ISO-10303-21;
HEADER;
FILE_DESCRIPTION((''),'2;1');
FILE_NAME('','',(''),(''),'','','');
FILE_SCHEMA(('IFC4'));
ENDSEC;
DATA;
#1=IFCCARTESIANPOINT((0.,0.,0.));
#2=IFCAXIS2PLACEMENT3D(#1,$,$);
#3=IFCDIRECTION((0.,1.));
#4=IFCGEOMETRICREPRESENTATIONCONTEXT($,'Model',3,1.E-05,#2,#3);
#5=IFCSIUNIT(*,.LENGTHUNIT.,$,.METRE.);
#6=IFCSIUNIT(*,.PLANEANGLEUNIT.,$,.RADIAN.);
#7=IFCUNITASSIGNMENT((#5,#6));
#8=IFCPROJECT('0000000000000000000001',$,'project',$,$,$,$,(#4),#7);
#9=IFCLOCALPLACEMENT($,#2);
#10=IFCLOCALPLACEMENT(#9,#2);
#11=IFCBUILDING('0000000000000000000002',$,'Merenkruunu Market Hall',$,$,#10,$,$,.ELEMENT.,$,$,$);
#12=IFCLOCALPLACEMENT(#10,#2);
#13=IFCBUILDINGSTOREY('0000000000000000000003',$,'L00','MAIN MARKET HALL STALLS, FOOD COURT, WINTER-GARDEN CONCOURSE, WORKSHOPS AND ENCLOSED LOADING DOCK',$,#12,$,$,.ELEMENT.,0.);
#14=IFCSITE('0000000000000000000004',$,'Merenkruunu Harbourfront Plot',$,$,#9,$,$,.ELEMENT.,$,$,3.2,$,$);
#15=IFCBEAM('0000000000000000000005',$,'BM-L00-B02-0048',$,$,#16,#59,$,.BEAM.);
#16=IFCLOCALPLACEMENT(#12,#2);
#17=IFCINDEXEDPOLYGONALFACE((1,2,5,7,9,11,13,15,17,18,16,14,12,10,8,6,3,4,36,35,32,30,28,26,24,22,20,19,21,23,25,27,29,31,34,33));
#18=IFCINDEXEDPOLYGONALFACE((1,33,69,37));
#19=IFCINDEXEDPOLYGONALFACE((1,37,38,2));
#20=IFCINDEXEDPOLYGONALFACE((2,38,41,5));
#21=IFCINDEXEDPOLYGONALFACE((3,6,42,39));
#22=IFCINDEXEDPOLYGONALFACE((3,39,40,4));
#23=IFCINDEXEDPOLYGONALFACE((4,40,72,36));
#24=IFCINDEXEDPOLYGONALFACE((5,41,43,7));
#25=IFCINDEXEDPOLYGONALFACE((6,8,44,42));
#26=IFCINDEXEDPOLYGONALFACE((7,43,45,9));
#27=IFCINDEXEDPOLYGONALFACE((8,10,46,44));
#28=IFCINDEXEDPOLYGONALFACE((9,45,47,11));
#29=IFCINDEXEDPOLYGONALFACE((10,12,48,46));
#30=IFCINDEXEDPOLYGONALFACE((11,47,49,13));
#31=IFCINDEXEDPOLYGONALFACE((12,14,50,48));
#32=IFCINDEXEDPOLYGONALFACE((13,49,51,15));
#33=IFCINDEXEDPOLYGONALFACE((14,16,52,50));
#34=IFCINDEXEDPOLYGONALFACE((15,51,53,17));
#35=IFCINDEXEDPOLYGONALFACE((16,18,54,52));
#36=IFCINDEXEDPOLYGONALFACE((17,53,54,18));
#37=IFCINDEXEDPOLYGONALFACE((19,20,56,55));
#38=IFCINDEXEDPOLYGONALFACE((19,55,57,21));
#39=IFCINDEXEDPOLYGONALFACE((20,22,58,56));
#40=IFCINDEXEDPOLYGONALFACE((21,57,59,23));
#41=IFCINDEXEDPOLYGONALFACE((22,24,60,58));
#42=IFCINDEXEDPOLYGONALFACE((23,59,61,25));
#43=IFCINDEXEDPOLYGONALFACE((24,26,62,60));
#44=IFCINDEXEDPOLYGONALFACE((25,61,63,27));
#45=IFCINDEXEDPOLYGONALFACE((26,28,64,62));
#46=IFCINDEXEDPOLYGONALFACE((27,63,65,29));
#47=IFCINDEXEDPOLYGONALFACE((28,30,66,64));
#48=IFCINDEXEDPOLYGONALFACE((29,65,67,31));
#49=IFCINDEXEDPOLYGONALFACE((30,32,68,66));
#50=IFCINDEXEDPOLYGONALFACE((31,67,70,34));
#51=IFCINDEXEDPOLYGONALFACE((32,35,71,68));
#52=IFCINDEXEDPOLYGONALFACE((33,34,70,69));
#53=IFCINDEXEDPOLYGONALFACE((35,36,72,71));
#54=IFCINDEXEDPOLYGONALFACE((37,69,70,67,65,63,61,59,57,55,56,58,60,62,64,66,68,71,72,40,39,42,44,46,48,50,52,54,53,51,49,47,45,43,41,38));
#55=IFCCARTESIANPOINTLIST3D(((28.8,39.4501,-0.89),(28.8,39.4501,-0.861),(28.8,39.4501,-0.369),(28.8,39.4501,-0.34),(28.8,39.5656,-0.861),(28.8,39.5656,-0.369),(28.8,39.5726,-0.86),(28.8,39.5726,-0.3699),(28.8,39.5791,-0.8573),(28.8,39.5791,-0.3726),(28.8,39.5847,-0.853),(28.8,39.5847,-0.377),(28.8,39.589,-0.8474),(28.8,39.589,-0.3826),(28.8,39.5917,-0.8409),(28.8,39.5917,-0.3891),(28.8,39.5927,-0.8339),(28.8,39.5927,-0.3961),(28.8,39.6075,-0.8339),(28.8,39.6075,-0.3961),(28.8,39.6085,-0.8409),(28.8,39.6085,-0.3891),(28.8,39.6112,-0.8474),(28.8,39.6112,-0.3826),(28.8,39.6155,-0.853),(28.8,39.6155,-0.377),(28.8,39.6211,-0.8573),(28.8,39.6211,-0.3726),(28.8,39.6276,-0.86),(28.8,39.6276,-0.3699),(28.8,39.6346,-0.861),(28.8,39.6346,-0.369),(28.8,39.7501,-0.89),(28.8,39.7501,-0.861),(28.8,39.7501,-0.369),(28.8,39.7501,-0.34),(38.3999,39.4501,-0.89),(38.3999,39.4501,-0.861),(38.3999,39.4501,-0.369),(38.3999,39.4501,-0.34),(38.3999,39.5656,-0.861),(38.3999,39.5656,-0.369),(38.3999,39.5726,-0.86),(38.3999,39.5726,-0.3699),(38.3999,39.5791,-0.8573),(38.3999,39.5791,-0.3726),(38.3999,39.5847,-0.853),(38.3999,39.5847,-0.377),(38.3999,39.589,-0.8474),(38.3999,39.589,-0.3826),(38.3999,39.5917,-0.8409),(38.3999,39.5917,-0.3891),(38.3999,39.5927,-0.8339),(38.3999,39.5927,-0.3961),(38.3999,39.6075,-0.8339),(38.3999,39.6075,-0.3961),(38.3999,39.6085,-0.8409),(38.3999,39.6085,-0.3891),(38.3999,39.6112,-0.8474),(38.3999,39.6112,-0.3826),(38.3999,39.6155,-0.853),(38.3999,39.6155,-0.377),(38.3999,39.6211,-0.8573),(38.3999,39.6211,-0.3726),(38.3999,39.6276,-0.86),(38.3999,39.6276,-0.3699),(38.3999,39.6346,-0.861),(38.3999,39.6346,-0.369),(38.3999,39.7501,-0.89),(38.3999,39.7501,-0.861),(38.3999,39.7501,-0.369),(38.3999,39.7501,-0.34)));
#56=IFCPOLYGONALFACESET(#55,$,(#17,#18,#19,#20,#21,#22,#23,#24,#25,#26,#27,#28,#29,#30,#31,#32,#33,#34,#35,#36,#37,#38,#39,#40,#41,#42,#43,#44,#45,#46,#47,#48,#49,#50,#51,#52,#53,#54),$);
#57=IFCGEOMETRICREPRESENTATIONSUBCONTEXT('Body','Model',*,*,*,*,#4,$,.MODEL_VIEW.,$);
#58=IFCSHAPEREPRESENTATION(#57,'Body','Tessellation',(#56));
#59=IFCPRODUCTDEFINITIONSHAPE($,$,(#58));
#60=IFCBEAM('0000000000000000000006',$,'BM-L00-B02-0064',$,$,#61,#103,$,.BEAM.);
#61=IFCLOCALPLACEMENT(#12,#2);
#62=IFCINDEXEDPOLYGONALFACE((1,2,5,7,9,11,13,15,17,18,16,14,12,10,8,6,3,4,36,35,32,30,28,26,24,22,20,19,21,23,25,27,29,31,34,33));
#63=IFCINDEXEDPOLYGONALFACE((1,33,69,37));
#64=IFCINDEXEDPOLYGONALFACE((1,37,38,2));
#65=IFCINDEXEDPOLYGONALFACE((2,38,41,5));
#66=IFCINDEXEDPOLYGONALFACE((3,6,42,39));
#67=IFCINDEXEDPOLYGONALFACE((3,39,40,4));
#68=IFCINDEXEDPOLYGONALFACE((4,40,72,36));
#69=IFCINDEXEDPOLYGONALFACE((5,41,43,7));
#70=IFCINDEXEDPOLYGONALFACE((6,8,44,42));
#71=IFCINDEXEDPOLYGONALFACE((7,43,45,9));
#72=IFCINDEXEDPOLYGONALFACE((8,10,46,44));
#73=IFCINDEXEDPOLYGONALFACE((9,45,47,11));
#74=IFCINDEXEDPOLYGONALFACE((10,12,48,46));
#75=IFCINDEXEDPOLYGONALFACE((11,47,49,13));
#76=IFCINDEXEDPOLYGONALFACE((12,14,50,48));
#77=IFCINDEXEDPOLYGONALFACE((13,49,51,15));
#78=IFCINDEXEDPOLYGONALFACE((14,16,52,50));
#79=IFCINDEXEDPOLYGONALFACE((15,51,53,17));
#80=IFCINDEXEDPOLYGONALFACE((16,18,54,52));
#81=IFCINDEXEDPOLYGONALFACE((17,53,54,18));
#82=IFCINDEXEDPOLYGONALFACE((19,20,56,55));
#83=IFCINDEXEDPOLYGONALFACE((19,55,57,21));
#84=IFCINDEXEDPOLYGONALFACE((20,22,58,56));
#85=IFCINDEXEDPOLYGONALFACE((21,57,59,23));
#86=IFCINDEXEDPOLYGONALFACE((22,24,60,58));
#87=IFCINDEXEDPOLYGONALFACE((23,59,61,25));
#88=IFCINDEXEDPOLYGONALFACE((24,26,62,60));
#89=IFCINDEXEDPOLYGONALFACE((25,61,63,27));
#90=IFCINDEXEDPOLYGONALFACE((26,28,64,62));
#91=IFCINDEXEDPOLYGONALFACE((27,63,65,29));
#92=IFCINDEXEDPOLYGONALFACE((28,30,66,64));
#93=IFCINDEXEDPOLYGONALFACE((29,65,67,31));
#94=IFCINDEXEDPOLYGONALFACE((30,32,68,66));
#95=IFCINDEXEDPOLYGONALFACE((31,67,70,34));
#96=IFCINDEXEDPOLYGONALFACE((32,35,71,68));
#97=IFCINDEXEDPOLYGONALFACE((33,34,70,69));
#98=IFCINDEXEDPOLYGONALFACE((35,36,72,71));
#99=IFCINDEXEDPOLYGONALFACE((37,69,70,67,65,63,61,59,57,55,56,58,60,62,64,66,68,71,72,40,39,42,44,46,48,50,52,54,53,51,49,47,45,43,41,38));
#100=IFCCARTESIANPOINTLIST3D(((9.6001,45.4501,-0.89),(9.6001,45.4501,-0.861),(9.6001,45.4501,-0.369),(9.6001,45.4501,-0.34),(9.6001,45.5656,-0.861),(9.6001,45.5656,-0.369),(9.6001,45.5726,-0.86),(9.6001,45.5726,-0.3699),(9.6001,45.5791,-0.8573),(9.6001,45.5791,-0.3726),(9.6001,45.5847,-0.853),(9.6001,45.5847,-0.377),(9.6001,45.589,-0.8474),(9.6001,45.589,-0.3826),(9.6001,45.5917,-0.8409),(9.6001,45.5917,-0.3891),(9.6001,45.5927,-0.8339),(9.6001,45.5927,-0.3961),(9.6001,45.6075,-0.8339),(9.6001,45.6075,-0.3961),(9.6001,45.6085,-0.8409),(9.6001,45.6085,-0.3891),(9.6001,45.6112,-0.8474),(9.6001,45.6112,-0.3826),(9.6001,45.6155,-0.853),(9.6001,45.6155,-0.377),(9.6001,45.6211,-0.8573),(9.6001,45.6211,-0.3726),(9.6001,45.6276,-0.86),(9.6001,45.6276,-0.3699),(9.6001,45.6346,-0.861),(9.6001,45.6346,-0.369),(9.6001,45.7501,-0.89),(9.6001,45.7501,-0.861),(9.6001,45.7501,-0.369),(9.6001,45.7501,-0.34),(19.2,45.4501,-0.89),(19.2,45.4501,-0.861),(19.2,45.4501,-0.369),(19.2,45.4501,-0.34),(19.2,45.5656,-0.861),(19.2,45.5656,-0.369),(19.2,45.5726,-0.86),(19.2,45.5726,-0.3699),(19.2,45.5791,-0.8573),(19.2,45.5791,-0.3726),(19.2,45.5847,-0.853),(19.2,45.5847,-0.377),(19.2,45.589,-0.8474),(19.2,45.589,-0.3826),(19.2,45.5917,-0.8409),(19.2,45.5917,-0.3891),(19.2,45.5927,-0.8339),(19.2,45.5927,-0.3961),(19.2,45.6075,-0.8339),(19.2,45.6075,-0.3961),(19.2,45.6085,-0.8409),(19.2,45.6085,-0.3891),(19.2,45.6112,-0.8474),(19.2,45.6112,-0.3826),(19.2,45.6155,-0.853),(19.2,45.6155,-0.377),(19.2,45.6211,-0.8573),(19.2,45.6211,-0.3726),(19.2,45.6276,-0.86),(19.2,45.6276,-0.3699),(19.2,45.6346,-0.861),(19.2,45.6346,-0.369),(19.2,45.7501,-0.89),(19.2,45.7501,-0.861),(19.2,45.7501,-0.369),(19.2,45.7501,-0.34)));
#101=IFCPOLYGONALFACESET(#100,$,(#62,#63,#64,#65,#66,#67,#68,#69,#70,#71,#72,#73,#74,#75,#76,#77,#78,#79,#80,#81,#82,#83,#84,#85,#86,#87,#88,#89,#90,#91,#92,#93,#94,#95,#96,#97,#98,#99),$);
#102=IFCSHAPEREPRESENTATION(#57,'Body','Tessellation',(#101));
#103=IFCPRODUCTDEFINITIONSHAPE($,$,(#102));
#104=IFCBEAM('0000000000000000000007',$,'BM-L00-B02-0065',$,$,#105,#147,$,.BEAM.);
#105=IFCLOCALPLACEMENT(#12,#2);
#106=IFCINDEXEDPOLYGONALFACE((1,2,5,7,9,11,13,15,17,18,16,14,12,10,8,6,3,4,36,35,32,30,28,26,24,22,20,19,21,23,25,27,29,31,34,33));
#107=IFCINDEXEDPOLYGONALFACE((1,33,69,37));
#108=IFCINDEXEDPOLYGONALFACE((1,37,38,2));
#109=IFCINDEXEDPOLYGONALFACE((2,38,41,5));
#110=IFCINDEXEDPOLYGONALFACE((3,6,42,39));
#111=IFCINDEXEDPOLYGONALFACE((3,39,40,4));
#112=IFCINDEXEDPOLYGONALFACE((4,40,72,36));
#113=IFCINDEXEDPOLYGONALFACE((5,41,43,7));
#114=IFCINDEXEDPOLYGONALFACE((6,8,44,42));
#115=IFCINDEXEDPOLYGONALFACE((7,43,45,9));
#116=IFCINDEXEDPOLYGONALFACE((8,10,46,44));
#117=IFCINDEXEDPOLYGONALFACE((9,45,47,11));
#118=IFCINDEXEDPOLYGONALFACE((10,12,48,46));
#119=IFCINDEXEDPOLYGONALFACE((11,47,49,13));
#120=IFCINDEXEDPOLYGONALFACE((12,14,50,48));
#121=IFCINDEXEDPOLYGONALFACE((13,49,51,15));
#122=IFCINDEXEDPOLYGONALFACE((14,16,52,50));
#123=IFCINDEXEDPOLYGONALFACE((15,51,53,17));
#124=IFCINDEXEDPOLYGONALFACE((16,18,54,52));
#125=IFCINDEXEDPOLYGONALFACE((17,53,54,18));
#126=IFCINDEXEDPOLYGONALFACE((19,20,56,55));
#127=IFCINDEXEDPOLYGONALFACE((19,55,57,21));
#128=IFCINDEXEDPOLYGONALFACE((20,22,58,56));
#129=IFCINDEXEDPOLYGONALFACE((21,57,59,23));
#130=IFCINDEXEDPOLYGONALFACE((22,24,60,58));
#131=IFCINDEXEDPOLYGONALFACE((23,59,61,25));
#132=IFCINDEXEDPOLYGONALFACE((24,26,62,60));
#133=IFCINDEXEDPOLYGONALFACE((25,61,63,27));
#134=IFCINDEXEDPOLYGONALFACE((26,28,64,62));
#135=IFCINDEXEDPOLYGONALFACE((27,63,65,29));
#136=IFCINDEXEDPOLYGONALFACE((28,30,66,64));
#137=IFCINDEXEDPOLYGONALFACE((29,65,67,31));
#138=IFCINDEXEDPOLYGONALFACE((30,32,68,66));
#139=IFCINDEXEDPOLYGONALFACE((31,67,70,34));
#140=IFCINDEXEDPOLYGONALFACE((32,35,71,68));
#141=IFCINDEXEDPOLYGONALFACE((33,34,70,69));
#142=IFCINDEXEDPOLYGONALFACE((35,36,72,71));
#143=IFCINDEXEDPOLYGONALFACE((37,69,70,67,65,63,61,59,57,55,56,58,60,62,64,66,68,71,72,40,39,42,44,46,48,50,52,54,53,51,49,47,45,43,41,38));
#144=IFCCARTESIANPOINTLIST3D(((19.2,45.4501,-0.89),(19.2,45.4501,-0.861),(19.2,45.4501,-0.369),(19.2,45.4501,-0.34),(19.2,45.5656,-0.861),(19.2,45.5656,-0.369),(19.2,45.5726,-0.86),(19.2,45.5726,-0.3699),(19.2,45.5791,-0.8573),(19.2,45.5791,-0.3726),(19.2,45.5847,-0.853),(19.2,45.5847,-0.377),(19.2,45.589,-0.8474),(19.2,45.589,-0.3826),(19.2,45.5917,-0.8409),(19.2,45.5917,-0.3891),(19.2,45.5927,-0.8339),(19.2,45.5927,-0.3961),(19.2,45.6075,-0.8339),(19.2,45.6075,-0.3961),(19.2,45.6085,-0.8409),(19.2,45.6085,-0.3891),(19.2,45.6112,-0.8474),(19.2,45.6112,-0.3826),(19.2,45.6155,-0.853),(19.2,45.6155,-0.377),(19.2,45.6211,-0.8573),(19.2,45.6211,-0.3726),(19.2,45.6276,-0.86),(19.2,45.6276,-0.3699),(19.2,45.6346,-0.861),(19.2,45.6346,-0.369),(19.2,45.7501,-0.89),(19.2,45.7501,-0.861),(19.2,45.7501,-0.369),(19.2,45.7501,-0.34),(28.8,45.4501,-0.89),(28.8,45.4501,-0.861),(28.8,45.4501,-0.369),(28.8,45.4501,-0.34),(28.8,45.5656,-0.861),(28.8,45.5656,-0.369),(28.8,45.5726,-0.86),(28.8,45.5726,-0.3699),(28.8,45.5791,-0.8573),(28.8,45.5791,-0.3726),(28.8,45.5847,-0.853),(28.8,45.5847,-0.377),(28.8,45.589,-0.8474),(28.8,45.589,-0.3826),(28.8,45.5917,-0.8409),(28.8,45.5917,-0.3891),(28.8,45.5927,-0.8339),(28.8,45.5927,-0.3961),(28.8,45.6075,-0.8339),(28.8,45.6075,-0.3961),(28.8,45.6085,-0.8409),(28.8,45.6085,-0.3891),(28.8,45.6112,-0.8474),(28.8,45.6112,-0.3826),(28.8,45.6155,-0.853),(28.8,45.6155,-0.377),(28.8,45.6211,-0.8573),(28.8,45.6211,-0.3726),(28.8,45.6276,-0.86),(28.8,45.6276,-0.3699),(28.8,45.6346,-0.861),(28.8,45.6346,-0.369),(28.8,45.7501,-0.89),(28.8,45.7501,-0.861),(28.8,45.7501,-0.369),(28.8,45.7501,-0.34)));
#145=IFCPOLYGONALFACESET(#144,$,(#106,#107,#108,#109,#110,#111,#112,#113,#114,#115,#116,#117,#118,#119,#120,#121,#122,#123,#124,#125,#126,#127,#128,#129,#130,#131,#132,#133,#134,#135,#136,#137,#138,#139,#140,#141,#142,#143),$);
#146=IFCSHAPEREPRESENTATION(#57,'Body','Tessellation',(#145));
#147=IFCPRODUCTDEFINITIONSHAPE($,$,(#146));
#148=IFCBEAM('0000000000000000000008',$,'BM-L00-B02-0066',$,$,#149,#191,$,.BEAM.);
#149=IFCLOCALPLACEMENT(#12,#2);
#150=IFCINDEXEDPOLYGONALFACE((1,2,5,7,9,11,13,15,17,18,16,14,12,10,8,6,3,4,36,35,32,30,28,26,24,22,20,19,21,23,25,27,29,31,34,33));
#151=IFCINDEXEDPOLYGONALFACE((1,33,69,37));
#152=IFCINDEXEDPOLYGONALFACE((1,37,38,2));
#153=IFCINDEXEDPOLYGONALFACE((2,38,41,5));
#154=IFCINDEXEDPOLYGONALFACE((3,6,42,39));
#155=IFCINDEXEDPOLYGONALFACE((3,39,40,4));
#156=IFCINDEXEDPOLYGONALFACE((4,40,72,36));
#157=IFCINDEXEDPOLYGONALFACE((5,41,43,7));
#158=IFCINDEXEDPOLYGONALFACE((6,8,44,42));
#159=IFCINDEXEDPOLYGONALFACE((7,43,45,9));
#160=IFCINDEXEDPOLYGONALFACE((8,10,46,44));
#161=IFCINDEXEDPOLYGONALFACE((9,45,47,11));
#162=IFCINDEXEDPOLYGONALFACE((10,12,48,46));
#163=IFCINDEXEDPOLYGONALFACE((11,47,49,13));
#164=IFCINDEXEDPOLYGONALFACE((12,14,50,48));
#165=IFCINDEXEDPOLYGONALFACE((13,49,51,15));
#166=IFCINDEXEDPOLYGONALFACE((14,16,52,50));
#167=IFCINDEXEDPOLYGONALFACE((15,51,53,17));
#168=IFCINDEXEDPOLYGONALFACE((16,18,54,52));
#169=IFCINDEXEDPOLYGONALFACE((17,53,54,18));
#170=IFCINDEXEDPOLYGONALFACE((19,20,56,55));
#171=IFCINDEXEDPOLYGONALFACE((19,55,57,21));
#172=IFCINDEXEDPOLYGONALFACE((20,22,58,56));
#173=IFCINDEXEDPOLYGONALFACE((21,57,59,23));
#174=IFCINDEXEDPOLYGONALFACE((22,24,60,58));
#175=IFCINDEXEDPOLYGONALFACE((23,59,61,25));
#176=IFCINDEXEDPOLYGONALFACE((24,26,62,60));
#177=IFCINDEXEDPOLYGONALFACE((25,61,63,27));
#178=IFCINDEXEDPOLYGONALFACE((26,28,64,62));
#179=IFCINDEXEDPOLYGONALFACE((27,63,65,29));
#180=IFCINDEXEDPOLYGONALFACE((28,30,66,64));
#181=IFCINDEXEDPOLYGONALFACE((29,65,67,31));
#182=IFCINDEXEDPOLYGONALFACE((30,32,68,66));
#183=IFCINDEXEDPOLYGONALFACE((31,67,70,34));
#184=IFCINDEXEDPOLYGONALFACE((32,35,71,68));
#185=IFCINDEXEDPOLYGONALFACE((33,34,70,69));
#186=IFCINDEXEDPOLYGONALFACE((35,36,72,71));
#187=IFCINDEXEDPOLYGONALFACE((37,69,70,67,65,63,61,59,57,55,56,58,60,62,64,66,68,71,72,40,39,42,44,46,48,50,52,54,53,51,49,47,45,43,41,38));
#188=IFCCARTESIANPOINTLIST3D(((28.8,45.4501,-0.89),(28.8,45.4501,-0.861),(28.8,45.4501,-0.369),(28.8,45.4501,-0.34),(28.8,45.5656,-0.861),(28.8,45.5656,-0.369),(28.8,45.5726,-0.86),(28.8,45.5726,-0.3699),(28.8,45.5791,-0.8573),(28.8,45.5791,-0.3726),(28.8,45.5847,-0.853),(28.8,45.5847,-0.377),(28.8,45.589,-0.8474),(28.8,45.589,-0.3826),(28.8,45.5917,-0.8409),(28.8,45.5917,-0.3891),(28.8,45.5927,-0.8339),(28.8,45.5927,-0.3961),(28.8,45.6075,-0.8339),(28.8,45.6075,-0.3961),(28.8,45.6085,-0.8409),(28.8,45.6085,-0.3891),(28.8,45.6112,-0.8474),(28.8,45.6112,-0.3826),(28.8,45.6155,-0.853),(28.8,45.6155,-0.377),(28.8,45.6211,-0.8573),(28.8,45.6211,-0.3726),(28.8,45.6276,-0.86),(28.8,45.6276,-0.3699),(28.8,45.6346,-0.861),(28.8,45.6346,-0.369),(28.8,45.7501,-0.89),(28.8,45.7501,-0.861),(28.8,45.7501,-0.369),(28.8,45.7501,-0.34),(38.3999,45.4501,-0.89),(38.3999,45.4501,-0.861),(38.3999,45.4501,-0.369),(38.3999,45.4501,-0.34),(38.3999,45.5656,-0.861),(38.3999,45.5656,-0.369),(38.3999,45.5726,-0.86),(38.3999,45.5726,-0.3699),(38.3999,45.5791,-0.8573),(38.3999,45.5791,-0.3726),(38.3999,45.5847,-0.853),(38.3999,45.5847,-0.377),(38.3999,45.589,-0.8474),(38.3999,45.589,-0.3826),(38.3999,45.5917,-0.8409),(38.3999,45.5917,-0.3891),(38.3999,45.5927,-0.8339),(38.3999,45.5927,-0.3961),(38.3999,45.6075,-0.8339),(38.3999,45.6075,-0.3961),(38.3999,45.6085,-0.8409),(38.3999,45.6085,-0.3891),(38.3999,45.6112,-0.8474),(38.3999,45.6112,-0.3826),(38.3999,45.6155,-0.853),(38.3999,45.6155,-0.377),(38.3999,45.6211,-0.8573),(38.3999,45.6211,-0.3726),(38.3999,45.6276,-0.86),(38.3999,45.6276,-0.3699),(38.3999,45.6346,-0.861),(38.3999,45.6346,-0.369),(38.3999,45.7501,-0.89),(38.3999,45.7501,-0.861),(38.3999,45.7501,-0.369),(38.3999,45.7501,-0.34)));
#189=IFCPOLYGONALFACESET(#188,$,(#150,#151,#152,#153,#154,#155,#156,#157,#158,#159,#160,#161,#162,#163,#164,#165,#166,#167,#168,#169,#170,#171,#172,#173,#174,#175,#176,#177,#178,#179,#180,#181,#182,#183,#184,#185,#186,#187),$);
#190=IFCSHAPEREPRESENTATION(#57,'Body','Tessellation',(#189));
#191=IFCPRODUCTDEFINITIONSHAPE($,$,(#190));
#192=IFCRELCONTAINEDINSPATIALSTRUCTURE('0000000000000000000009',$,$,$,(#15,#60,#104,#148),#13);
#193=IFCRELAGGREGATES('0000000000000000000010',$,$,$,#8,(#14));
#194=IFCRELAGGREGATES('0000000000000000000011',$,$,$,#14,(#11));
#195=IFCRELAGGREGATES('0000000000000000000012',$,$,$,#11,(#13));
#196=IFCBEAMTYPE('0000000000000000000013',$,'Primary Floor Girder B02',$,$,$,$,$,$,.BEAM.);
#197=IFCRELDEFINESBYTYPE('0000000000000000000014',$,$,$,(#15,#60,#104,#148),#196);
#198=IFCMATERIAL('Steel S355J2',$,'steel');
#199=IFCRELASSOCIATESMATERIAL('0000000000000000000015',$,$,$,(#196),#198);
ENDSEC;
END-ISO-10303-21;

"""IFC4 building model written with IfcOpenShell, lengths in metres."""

from ifc_helpers import new_model, si_unit, direction, frame, origin, origin_2d, place, context, subcontext, project, spatial, i_section, extrude, material, material_profile, profile_set, type_object, element, save


model = new_model("IFC4")

# Units and contexts
model_context = context("Model", 3, precision=1e-05, world=origin(), true_north=direction((0.0, 1.0)))
body_context = subcontext(model_context, "Body", "Model", "MODEL_VIEW")
ifc_project = project(units=[si_unit("LENGTHUNIT", "METRE"), si_unit("PLANEANGLEUNIT", "RADIAN")], contexts=[model_context])

# Site, building, storey
site_placement = place(None, origin())
site = spatial("IfcSite", under=ifc_project, at=site_placement, Name="Merenkruunu Harbourfront Plot", CompositionType="ELEMENT", RefElevation=3.2)
building_placement = place(site_placement, origin())
building = spatial("IfcBuilding", under=site, at=building_placement, Name="Merenkruunu Market Hall", CompositionType="ELEMENT")
storey_placement = place(building_placement, origin())
storey = spatial("IfcBuildingStorey", under=building, at=storey_placement, Name="L00", Description="MAIN MARKET HALL STALLS, FOOD COURT, WINTER-GARDEN CONCOURSE, WORKSHOPS AND ENCLOSED LOADING DOCK", CompositionType="ELEMENT", Elevation=0.0)

# Shared definitions
ifc_material_1 = material(Name="Steel S355J2", Category="steel")

# Beams
ifc_material_profile_1 = material_profile(ifc_material_1, i_section(OverallWidth=0.3, OverallDepth=0.55, WebThickness=0.0149, FlangeThickness=0.0291, FilletRadius=0.0271, at=origin_2d()), Name="HEB 550")
ifc_profile_set_1 = profile_set([ifc_material_profile_1], Name="Steel S355J2")
beam_type_1 = type_object("IfcBeamType", Name="Primary Floor Girder B02", PredefinedType="BEAM", material=ifc_profile_set_1)
for number, where, z_axis, x_axis, name in (
    (1, (28.8, 39.6001, -0.615), (1.0, 0.0, 0.0), (0.0, 1.0, 0.0), "BM-L00-B02-0048"),
    (2, (9.6001, 45.6001, -0.615), (1.0, 0.0, 0.0), (0.0, 1.0, 0.0), "BM-L00-B02-0064"),
):
    element("IfcBeam", number, at=place(storey_placement, frame(where, z_axis=z_axis, x_axis=x_axis)), inside=storey, type_object=beam_type_1, Name=name, PredefinedType="BEAM", context=body_context, shape_type="SweptSolid", body=[
        extrude(i_section(OverallWidth=0.3, OverallDepth=0.55, WebThickness=0.0149, FlangeThickness=0.0291, FilletRadius=0.0271, at=origin_2d()), origin(), (0.0, 0.0, 1.0), 9.5999),
    ])
beam_1_placement = place(storey_placement, frame((19.2, 45.6001, -0.615), z_axis=(1.0, 0.0, 0.0), x_axis=(0.0, 1.0, 0.0)))
element("IfcBeam", 3, at=beam_1_placement, inside=storey, type_object=beam_type_1, Name="BM-L00-B02-0065", PredefinedType="BEAM", context=body_context, shape_type="SweptSolid", body=[
    extrude(i_section(OverallWidth=0.3, OverallDepth=0.55, WebThickness=0.0149, FlangeThickness=0.0291, FilletRadius=0.0271, at=origin_2d()), origin(), (0.0, 0.0, 1.0), 9.6001),
])
beam_2_placement = place(storey_placement, frame((28.8, 45.6001, -0.615), z_axis=(1.0, 0.0, 0.0), x_axis=(0.0, 1.0, 0.0)))
element("IfcBeam", 4, at=beam_2_placement, inside=storey, type_object=beam_type_1, Name="BM-L00-B02-0066", PredefinedType="BEAM", context=body_context, shape_type="SweptSolid", body=[
    extrude(i_section(OverallWidth=0.3, OverallDepth=0.55, WebThickness=0.0149, FlangeThickness=0.0291, FilletRadius=0.0271, at=origin_2d()), origin(), (0.0, 0.0, 1.0), 9.5999),
])

save(model, "model.ifc")
